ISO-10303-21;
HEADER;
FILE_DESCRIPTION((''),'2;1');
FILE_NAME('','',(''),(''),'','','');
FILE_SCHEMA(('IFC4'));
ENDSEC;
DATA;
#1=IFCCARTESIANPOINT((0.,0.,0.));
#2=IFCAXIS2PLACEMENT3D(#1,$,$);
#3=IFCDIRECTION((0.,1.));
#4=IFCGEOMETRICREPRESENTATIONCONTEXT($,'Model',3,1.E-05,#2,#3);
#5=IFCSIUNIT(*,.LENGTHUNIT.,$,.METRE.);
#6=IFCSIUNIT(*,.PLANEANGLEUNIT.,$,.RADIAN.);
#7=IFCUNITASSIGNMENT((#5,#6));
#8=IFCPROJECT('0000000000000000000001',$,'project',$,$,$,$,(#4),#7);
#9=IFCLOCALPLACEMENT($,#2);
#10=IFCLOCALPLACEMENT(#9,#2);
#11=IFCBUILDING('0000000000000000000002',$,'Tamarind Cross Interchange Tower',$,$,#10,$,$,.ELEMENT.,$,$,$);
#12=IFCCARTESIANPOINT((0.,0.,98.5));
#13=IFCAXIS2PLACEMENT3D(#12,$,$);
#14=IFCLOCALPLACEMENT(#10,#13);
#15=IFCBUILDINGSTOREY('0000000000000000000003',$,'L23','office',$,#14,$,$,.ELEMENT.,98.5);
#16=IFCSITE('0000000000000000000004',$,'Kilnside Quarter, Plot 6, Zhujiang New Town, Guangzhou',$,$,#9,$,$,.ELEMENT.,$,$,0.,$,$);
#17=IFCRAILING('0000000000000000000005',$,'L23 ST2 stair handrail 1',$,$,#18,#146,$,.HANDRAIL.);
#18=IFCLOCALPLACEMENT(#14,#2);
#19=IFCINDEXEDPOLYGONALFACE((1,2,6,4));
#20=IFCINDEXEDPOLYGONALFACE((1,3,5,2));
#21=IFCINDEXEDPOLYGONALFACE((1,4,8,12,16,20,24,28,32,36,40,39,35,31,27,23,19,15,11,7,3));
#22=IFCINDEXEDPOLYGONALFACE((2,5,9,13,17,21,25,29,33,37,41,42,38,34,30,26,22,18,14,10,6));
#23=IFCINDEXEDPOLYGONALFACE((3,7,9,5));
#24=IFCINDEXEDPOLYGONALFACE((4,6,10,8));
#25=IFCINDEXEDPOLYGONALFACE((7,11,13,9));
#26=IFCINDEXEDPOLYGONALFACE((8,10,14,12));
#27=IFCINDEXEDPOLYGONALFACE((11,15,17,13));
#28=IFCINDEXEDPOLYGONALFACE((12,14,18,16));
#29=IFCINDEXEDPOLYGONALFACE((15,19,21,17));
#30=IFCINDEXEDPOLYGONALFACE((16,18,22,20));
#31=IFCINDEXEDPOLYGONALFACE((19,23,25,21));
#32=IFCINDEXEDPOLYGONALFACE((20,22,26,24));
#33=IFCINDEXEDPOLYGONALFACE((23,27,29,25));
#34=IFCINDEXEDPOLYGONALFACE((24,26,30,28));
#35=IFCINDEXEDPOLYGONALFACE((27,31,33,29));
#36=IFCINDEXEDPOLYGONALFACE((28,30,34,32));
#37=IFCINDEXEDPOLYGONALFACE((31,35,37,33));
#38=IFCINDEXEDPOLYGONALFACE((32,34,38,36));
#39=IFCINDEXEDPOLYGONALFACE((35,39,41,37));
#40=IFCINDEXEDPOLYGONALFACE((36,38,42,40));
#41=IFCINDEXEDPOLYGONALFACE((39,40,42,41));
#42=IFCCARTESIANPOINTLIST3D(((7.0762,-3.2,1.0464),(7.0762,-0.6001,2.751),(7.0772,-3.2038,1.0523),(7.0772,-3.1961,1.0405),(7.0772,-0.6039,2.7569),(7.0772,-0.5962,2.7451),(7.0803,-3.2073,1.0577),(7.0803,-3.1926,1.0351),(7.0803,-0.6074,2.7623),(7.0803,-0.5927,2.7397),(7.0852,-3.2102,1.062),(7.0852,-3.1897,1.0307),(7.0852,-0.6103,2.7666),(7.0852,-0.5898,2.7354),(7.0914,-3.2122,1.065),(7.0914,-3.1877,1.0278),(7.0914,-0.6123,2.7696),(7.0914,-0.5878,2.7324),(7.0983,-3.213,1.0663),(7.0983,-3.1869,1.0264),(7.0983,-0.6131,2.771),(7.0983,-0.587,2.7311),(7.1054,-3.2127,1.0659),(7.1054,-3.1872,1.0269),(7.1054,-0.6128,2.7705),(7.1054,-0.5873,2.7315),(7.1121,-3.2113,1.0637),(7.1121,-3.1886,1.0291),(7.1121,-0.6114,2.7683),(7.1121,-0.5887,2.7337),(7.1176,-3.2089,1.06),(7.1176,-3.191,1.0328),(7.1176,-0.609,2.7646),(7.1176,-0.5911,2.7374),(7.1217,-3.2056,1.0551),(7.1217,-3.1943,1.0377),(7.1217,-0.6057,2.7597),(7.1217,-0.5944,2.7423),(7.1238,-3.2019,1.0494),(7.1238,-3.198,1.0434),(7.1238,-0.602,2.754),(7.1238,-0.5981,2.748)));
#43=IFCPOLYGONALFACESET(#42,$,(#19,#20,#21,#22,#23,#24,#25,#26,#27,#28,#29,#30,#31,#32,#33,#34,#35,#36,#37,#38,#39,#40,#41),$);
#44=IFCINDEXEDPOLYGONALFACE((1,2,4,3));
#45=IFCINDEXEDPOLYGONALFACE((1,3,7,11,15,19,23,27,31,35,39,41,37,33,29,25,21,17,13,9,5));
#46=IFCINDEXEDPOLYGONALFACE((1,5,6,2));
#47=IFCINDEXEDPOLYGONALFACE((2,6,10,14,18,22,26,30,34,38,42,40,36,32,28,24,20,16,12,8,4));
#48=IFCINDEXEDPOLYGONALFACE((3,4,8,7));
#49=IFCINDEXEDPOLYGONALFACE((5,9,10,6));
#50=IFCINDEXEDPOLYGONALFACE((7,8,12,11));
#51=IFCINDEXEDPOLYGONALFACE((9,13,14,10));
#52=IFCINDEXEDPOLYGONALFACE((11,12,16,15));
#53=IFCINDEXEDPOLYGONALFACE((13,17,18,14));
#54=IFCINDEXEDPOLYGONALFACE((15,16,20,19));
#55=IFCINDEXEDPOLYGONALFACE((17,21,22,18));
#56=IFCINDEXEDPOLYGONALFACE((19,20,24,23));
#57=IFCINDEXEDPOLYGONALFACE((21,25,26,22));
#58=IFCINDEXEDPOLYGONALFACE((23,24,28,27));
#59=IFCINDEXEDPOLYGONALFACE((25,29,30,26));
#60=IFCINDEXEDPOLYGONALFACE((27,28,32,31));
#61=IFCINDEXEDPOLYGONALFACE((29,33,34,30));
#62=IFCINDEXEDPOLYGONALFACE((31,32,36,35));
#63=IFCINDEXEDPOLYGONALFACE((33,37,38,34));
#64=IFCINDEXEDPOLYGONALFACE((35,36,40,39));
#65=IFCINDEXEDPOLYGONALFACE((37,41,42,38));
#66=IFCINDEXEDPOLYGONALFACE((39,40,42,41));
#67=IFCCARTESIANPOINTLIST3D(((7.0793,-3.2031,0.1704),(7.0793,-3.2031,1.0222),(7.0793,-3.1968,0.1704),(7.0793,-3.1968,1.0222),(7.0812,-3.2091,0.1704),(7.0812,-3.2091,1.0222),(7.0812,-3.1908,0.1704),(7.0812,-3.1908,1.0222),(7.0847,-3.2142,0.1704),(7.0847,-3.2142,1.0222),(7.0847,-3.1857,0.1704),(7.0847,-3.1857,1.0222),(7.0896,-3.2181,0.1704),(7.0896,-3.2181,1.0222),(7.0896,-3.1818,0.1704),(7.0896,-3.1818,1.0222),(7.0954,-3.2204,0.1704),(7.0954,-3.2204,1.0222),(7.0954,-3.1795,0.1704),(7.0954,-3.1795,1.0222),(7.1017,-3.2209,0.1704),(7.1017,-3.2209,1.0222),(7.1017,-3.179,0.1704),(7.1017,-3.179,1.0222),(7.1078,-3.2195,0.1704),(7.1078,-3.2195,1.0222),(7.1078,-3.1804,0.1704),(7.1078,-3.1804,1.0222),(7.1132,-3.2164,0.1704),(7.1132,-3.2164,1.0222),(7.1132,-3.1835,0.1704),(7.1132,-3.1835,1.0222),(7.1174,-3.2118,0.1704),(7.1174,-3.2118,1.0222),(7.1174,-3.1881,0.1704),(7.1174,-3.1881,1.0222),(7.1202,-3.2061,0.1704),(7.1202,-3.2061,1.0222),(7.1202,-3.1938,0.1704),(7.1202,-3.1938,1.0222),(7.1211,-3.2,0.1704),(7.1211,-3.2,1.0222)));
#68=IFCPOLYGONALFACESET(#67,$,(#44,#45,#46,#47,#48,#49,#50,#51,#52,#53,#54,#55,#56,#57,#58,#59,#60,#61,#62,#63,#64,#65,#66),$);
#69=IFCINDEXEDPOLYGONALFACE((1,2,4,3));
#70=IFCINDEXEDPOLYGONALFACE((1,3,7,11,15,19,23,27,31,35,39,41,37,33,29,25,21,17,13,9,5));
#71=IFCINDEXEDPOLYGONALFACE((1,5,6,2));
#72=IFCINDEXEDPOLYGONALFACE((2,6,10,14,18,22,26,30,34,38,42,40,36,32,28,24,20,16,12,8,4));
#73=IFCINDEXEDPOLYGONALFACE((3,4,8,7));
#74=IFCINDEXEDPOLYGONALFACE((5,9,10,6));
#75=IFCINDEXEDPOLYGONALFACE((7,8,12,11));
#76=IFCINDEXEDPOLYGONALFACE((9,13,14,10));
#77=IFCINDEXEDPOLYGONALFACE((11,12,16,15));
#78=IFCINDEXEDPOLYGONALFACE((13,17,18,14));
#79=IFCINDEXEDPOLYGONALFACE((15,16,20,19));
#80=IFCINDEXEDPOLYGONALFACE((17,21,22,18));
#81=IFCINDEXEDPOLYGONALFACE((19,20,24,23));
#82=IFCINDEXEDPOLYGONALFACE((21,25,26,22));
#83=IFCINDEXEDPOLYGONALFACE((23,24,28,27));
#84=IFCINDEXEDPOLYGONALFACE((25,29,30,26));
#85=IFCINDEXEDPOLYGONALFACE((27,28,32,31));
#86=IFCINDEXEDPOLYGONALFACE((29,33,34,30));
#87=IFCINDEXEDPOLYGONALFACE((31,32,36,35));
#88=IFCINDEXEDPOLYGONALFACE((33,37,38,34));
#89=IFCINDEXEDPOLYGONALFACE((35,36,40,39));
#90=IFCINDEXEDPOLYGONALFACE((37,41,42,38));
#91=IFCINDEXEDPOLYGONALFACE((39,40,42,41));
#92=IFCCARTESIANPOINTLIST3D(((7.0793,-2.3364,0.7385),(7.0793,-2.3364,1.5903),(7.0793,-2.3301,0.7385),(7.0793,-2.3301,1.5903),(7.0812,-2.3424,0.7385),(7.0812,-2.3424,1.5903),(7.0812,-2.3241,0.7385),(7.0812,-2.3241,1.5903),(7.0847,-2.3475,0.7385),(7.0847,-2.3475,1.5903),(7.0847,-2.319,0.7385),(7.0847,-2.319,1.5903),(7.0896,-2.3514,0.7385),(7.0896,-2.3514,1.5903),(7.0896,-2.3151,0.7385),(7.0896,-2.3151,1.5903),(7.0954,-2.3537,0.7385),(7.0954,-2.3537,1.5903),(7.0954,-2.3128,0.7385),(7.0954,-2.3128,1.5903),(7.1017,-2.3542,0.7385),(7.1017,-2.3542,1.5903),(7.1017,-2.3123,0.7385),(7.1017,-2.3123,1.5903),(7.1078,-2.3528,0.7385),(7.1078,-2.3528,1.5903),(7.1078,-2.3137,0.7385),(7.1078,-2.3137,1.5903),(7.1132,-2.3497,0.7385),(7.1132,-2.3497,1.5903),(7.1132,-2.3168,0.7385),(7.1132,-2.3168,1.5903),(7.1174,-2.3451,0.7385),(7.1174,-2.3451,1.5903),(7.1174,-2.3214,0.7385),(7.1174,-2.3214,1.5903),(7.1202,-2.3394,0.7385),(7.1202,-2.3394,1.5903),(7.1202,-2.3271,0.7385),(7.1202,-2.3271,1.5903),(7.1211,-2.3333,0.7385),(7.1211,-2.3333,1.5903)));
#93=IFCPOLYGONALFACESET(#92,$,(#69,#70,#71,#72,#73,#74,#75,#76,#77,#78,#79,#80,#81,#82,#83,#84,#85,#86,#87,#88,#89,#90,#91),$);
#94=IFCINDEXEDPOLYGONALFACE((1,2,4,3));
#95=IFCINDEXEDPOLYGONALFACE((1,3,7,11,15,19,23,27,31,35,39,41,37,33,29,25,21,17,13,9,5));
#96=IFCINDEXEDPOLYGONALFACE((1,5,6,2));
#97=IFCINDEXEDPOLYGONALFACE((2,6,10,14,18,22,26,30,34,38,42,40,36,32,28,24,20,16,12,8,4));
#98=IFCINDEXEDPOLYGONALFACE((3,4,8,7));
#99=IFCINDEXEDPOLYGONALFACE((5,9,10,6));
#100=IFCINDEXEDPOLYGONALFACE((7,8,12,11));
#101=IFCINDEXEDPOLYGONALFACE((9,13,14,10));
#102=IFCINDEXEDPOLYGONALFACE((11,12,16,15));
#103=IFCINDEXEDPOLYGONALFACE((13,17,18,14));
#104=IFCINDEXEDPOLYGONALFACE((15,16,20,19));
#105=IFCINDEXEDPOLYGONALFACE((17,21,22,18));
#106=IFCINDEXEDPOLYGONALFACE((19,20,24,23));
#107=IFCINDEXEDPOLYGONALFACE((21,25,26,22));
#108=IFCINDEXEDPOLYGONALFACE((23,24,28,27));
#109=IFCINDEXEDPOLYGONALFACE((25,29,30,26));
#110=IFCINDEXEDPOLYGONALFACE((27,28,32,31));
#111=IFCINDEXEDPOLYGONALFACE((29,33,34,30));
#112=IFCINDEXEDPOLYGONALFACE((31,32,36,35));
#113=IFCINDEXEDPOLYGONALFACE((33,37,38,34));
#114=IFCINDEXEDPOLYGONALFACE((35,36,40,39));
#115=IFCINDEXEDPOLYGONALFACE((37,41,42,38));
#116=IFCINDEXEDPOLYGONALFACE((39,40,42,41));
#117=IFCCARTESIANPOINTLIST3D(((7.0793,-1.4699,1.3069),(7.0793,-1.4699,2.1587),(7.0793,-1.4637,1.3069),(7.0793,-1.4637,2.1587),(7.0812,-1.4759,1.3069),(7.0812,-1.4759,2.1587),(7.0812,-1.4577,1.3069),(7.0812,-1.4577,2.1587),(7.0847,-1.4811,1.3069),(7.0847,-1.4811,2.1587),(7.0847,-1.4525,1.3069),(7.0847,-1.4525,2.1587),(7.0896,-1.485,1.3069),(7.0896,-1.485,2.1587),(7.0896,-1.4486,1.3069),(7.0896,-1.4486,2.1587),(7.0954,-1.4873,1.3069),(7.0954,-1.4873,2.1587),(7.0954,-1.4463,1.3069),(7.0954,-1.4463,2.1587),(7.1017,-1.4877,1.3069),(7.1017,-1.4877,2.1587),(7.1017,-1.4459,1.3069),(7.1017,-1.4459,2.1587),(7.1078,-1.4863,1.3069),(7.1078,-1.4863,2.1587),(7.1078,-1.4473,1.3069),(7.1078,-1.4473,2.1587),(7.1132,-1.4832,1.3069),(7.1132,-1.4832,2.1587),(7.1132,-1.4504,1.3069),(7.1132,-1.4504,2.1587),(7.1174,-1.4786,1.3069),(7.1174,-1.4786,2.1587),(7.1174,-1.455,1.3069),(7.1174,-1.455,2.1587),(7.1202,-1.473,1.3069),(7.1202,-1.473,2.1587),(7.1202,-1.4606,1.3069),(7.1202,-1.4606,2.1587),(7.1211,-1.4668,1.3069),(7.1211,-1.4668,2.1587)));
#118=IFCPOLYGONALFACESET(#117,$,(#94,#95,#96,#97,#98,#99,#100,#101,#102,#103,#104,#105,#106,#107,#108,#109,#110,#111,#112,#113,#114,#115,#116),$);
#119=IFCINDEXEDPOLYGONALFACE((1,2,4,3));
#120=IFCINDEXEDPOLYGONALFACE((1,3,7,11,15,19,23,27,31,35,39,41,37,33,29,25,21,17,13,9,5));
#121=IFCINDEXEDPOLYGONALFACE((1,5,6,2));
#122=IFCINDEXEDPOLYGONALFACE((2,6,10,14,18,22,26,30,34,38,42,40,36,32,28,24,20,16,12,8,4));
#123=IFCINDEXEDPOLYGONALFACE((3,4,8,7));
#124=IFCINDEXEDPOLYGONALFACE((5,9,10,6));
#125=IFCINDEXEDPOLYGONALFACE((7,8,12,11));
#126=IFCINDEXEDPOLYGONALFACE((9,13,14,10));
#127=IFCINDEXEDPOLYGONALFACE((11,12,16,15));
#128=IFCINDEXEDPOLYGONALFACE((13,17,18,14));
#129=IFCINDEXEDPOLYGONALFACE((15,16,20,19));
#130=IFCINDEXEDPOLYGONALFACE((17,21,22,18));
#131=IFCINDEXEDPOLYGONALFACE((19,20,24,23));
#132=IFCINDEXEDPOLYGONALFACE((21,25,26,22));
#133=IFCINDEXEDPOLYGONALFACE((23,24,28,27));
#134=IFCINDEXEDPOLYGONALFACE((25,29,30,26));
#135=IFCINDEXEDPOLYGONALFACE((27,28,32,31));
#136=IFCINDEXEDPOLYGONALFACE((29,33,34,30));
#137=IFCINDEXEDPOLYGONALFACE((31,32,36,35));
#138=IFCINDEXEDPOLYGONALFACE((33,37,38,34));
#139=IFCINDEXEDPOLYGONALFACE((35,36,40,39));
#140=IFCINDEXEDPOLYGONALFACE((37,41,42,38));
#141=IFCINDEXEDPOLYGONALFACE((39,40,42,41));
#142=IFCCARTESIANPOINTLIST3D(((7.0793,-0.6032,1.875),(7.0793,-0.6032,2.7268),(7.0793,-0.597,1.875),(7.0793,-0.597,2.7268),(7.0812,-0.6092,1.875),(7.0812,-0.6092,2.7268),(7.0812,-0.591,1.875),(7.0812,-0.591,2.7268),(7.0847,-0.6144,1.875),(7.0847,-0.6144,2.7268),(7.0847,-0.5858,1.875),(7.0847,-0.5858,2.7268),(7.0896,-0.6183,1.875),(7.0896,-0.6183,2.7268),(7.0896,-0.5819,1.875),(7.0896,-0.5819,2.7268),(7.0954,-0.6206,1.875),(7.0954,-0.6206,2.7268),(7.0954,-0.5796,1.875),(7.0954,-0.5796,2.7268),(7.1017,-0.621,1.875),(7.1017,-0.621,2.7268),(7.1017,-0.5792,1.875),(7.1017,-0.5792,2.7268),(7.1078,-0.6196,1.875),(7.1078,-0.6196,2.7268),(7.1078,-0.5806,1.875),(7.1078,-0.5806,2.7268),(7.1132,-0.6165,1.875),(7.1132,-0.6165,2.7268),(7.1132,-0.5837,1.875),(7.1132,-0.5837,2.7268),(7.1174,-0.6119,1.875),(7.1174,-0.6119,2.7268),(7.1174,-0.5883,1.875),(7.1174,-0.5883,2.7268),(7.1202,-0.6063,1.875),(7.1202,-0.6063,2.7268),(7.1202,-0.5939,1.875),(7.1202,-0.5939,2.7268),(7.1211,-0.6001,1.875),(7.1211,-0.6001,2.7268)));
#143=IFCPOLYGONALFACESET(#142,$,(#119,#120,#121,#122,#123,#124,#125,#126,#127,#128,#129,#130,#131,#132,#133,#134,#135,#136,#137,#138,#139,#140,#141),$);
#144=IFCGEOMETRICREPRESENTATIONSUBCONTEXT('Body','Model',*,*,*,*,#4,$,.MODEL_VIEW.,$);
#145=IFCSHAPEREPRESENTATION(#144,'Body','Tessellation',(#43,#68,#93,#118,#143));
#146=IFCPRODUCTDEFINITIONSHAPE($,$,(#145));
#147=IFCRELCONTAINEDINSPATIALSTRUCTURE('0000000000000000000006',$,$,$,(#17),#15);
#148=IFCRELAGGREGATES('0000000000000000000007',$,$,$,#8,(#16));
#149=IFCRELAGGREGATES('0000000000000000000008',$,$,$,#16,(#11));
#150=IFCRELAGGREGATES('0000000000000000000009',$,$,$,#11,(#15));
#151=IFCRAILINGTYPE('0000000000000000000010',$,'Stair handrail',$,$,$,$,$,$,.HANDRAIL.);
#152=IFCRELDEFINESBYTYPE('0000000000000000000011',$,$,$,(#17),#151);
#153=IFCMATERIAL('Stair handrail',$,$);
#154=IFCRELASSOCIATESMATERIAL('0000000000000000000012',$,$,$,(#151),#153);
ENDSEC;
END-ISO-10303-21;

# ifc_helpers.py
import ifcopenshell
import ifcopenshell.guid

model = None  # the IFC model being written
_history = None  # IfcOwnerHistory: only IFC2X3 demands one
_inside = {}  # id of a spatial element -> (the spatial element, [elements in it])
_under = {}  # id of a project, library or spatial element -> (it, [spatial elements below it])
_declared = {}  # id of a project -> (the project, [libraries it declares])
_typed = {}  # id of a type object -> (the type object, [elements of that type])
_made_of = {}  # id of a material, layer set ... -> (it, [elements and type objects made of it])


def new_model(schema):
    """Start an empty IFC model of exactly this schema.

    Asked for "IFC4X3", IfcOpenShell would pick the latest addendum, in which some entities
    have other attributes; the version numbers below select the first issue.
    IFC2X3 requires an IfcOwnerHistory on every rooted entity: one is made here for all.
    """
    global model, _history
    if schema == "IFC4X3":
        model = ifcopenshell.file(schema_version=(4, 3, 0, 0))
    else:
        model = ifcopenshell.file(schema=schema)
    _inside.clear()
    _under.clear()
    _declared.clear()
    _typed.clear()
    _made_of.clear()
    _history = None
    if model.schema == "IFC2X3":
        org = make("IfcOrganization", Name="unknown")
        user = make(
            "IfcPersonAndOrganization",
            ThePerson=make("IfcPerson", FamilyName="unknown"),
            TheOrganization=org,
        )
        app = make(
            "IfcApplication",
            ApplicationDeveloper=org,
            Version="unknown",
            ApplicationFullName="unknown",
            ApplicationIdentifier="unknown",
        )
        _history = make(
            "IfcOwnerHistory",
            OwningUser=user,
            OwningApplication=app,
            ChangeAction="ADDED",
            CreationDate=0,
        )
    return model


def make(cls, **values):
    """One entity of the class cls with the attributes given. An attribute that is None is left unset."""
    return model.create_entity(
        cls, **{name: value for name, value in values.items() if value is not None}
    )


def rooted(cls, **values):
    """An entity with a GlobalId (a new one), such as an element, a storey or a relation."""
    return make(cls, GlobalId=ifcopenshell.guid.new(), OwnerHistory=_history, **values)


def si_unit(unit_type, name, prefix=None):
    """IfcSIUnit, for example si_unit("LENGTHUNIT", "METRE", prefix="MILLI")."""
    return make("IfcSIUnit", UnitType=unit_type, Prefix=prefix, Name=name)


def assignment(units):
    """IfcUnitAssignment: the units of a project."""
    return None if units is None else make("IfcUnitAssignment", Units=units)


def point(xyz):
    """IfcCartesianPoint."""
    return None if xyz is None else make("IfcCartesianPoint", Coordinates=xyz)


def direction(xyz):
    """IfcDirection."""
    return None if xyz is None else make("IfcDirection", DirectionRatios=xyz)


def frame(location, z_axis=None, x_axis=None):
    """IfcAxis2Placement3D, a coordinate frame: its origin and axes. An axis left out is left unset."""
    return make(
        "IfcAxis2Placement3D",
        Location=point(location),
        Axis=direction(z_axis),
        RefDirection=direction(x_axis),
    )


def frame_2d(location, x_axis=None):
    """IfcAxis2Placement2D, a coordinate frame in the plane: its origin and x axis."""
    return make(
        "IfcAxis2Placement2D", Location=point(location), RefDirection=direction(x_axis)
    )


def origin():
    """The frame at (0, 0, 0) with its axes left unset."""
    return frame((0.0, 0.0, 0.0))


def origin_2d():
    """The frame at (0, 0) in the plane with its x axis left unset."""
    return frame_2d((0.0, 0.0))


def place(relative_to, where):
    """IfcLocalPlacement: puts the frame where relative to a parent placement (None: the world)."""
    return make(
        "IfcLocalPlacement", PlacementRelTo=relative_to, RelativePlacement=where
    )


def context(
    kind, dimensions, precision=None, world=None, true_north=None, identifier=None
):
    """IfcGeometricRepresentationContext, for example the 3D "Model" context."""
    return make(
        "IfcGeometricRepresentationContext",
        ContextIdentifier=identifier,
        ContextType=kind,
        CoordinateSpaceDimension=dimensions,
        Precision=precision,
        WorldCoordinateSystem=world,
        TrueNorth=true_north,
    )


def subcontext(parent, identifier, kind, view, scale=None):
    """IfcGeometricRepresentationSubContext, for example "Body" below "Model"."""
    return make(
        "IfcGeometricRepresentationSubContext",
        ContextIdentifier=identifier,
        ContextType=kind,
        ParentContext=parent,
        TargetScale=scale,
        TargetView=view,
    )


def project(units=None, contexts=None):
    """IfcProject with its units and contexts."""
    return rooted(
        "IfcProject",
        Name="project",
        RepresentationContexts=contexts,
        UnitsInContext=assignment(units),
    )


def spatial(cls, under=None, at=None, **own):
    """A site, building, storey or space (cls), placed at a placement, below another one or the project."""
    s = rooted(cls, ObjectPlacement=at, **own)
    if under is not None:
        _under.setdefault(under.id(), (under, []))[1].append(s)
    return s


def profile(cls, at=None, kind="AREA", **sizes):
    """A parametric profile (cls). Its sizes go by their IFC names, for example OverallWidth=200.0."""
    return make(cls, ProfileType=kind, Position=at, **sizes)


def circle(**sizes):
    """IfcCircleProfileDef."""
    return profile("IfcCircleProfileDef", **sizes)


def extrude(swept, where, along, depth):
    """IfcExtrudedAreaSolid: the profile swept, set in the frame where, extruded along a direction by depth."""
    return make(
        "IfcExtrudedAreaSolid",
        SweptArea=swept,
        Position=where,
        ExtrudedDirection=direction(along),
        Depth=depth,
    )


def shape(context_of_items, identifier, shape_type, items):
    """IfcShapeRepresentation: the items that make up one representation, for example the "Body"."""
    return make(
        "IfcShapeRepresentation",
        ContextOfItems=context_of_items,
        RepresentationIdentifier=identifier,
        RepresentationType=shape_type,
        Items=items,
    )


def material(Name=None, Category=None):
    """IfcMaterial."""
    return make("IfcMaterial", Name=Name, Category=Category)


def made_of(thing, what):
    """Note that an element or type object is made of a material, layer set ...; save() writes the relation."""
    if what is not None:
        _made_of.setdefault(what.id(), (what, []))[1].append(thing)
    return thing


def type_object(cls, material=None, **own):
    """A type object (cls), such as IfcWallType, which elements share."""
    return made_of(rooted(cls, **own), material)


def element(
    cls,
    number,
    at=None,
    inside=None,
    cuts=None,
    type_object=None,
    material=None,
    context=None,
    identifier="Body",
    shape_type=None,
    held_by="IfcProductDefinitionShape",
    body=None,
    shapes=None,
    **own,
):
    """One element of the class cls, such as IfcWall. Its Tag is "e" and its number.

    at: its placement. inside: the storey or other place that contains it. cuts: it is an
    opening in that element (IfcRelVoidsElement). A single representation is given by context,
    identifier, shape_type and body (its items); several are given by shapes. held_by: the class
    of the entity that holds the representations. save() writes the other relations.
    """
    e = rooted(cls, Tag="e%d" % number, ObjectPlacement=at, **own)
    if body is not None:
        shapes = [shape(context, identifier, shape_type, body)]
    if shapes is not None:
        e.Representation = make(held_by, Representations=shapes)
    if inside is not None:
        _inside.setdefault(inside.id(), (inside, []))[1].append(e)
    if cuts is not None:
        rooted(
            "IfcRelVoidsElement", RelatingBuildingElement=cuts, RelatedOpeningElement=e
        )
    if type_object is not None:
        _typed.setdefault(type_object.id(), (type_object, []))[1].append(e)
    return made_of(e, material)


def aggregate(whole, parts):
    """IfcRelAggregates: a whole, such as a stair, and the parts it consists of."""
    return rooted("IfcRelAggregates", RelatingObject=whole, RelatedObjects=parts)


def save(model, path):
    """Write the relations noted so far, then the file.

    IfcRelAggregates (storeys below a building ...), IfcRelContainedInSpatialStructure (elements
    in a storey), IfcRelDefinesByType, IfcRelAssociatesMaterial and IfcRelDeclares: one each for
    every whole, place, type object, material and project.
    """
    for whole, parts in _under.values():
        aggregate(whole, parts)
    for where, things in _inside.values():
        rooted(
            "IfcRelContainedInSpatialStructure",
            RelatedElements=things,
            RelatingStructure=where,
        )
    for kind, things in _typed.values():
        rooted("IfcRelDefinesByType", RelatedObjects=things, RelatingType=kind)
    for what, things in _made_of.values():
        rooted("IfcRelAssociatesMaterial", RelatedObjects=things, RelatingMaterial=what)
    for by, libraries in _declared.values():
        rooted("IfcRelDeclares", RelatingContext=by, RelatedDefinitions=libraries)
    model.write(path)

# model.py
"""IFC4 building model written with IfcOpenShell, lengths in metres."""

from ifc_helpers import new_model, si_unit, direction, frame, origin, origin_2d, place, context, subcontext, project, spatial, circle, extrude, material, type_object, element, save


model = new_model("IFC4")

# Units and contexts
model_context = context("Model", 3, precision=1e-05, world=origin(), true_north=direction((0.0, 1.0)))
body_context = subcontext(model_context, "Body", "Model", "MODEL_VIEW")
ifc_project = project(units=[si_unit("LENGTHUNIT", "METRE"), si_unit("PLANEANGLEUNIT", "RADIAN")], contexts=[model_context])

# Site, building, storey
site_placement = place(None, origin())
site = spatial("IfcSite", under=ifc_project, at=site_placement, Name="Kilnside Quarter, Plot 6, Zhujiang New Town, Guangzhou", CompositionType="ELEMENT", RefElevation=0.0)
building_placement = place(site_placement, origin())
building = spatial("IfcBuilding", under=site, at=building_placement, Name="Tamarind Cross Interchange Tower", CompositionType="ELEMENT")
storey_placement = place(building_placement, frame((0.0, 0.0, 98.5)))
storey = spatial("IfcBuildingStorey", under=building, at=storey_placement, Name="L23", Description="office", CompositionType="ELEMENT", Elevation=98.5)

# Railing
ifc_material_1 = material(Name="Stair handrail")
railing_type_1 = type_object("IfcRailingType", Name="Stair handrail", PredefinedType="HANDRAIL", material=ifc_material_1)
railing_1_placement = place(storey_placement, frame((7.1001, -3.2, 0.1704)))
element("IfcRailing", 1, at=railing_1_placement, inside=storey, type_object=railing_type_1, Name="L23 ST2 stair handrail 1", PredefinedType="HANDRAIL", context=body_context, shape_type="SweptSolid", body=[
    extrude(circle(Radius=0.0239, at=origin_2d()), frame((0.0, 0.0, 0.876), z_axis=(0.0, 0.836279, 0.548305), x_axis=(-1.0, 0.0, 0.0)), (0.0, 0.0, 1.0), 3.1089),
    extrude(circle(Radius=0.021, at=origin_2d()), origin(), (0.0, 0.0, 1.0), 0.8518),
    extrude(circle(Radius=0.021, at=origin_2d()), frame((0.0, 0.8667, 0.5681)), (0.0, 0.0, 1.0), 0.8518),
    extrude(circle(Radius=0.021, at=origin_2d()), frame((0.0, 1.7332, 1.1365)), (0.0, 0.0, 1.0), 0.8518),
    extrude(circle(Radius=0.021, at=origin_2d()), frame((0.0, 2.5999, 1.7046)), (0.0, 0.0, 1.0), 0.8518),
])

save(model, "model.ifc")
